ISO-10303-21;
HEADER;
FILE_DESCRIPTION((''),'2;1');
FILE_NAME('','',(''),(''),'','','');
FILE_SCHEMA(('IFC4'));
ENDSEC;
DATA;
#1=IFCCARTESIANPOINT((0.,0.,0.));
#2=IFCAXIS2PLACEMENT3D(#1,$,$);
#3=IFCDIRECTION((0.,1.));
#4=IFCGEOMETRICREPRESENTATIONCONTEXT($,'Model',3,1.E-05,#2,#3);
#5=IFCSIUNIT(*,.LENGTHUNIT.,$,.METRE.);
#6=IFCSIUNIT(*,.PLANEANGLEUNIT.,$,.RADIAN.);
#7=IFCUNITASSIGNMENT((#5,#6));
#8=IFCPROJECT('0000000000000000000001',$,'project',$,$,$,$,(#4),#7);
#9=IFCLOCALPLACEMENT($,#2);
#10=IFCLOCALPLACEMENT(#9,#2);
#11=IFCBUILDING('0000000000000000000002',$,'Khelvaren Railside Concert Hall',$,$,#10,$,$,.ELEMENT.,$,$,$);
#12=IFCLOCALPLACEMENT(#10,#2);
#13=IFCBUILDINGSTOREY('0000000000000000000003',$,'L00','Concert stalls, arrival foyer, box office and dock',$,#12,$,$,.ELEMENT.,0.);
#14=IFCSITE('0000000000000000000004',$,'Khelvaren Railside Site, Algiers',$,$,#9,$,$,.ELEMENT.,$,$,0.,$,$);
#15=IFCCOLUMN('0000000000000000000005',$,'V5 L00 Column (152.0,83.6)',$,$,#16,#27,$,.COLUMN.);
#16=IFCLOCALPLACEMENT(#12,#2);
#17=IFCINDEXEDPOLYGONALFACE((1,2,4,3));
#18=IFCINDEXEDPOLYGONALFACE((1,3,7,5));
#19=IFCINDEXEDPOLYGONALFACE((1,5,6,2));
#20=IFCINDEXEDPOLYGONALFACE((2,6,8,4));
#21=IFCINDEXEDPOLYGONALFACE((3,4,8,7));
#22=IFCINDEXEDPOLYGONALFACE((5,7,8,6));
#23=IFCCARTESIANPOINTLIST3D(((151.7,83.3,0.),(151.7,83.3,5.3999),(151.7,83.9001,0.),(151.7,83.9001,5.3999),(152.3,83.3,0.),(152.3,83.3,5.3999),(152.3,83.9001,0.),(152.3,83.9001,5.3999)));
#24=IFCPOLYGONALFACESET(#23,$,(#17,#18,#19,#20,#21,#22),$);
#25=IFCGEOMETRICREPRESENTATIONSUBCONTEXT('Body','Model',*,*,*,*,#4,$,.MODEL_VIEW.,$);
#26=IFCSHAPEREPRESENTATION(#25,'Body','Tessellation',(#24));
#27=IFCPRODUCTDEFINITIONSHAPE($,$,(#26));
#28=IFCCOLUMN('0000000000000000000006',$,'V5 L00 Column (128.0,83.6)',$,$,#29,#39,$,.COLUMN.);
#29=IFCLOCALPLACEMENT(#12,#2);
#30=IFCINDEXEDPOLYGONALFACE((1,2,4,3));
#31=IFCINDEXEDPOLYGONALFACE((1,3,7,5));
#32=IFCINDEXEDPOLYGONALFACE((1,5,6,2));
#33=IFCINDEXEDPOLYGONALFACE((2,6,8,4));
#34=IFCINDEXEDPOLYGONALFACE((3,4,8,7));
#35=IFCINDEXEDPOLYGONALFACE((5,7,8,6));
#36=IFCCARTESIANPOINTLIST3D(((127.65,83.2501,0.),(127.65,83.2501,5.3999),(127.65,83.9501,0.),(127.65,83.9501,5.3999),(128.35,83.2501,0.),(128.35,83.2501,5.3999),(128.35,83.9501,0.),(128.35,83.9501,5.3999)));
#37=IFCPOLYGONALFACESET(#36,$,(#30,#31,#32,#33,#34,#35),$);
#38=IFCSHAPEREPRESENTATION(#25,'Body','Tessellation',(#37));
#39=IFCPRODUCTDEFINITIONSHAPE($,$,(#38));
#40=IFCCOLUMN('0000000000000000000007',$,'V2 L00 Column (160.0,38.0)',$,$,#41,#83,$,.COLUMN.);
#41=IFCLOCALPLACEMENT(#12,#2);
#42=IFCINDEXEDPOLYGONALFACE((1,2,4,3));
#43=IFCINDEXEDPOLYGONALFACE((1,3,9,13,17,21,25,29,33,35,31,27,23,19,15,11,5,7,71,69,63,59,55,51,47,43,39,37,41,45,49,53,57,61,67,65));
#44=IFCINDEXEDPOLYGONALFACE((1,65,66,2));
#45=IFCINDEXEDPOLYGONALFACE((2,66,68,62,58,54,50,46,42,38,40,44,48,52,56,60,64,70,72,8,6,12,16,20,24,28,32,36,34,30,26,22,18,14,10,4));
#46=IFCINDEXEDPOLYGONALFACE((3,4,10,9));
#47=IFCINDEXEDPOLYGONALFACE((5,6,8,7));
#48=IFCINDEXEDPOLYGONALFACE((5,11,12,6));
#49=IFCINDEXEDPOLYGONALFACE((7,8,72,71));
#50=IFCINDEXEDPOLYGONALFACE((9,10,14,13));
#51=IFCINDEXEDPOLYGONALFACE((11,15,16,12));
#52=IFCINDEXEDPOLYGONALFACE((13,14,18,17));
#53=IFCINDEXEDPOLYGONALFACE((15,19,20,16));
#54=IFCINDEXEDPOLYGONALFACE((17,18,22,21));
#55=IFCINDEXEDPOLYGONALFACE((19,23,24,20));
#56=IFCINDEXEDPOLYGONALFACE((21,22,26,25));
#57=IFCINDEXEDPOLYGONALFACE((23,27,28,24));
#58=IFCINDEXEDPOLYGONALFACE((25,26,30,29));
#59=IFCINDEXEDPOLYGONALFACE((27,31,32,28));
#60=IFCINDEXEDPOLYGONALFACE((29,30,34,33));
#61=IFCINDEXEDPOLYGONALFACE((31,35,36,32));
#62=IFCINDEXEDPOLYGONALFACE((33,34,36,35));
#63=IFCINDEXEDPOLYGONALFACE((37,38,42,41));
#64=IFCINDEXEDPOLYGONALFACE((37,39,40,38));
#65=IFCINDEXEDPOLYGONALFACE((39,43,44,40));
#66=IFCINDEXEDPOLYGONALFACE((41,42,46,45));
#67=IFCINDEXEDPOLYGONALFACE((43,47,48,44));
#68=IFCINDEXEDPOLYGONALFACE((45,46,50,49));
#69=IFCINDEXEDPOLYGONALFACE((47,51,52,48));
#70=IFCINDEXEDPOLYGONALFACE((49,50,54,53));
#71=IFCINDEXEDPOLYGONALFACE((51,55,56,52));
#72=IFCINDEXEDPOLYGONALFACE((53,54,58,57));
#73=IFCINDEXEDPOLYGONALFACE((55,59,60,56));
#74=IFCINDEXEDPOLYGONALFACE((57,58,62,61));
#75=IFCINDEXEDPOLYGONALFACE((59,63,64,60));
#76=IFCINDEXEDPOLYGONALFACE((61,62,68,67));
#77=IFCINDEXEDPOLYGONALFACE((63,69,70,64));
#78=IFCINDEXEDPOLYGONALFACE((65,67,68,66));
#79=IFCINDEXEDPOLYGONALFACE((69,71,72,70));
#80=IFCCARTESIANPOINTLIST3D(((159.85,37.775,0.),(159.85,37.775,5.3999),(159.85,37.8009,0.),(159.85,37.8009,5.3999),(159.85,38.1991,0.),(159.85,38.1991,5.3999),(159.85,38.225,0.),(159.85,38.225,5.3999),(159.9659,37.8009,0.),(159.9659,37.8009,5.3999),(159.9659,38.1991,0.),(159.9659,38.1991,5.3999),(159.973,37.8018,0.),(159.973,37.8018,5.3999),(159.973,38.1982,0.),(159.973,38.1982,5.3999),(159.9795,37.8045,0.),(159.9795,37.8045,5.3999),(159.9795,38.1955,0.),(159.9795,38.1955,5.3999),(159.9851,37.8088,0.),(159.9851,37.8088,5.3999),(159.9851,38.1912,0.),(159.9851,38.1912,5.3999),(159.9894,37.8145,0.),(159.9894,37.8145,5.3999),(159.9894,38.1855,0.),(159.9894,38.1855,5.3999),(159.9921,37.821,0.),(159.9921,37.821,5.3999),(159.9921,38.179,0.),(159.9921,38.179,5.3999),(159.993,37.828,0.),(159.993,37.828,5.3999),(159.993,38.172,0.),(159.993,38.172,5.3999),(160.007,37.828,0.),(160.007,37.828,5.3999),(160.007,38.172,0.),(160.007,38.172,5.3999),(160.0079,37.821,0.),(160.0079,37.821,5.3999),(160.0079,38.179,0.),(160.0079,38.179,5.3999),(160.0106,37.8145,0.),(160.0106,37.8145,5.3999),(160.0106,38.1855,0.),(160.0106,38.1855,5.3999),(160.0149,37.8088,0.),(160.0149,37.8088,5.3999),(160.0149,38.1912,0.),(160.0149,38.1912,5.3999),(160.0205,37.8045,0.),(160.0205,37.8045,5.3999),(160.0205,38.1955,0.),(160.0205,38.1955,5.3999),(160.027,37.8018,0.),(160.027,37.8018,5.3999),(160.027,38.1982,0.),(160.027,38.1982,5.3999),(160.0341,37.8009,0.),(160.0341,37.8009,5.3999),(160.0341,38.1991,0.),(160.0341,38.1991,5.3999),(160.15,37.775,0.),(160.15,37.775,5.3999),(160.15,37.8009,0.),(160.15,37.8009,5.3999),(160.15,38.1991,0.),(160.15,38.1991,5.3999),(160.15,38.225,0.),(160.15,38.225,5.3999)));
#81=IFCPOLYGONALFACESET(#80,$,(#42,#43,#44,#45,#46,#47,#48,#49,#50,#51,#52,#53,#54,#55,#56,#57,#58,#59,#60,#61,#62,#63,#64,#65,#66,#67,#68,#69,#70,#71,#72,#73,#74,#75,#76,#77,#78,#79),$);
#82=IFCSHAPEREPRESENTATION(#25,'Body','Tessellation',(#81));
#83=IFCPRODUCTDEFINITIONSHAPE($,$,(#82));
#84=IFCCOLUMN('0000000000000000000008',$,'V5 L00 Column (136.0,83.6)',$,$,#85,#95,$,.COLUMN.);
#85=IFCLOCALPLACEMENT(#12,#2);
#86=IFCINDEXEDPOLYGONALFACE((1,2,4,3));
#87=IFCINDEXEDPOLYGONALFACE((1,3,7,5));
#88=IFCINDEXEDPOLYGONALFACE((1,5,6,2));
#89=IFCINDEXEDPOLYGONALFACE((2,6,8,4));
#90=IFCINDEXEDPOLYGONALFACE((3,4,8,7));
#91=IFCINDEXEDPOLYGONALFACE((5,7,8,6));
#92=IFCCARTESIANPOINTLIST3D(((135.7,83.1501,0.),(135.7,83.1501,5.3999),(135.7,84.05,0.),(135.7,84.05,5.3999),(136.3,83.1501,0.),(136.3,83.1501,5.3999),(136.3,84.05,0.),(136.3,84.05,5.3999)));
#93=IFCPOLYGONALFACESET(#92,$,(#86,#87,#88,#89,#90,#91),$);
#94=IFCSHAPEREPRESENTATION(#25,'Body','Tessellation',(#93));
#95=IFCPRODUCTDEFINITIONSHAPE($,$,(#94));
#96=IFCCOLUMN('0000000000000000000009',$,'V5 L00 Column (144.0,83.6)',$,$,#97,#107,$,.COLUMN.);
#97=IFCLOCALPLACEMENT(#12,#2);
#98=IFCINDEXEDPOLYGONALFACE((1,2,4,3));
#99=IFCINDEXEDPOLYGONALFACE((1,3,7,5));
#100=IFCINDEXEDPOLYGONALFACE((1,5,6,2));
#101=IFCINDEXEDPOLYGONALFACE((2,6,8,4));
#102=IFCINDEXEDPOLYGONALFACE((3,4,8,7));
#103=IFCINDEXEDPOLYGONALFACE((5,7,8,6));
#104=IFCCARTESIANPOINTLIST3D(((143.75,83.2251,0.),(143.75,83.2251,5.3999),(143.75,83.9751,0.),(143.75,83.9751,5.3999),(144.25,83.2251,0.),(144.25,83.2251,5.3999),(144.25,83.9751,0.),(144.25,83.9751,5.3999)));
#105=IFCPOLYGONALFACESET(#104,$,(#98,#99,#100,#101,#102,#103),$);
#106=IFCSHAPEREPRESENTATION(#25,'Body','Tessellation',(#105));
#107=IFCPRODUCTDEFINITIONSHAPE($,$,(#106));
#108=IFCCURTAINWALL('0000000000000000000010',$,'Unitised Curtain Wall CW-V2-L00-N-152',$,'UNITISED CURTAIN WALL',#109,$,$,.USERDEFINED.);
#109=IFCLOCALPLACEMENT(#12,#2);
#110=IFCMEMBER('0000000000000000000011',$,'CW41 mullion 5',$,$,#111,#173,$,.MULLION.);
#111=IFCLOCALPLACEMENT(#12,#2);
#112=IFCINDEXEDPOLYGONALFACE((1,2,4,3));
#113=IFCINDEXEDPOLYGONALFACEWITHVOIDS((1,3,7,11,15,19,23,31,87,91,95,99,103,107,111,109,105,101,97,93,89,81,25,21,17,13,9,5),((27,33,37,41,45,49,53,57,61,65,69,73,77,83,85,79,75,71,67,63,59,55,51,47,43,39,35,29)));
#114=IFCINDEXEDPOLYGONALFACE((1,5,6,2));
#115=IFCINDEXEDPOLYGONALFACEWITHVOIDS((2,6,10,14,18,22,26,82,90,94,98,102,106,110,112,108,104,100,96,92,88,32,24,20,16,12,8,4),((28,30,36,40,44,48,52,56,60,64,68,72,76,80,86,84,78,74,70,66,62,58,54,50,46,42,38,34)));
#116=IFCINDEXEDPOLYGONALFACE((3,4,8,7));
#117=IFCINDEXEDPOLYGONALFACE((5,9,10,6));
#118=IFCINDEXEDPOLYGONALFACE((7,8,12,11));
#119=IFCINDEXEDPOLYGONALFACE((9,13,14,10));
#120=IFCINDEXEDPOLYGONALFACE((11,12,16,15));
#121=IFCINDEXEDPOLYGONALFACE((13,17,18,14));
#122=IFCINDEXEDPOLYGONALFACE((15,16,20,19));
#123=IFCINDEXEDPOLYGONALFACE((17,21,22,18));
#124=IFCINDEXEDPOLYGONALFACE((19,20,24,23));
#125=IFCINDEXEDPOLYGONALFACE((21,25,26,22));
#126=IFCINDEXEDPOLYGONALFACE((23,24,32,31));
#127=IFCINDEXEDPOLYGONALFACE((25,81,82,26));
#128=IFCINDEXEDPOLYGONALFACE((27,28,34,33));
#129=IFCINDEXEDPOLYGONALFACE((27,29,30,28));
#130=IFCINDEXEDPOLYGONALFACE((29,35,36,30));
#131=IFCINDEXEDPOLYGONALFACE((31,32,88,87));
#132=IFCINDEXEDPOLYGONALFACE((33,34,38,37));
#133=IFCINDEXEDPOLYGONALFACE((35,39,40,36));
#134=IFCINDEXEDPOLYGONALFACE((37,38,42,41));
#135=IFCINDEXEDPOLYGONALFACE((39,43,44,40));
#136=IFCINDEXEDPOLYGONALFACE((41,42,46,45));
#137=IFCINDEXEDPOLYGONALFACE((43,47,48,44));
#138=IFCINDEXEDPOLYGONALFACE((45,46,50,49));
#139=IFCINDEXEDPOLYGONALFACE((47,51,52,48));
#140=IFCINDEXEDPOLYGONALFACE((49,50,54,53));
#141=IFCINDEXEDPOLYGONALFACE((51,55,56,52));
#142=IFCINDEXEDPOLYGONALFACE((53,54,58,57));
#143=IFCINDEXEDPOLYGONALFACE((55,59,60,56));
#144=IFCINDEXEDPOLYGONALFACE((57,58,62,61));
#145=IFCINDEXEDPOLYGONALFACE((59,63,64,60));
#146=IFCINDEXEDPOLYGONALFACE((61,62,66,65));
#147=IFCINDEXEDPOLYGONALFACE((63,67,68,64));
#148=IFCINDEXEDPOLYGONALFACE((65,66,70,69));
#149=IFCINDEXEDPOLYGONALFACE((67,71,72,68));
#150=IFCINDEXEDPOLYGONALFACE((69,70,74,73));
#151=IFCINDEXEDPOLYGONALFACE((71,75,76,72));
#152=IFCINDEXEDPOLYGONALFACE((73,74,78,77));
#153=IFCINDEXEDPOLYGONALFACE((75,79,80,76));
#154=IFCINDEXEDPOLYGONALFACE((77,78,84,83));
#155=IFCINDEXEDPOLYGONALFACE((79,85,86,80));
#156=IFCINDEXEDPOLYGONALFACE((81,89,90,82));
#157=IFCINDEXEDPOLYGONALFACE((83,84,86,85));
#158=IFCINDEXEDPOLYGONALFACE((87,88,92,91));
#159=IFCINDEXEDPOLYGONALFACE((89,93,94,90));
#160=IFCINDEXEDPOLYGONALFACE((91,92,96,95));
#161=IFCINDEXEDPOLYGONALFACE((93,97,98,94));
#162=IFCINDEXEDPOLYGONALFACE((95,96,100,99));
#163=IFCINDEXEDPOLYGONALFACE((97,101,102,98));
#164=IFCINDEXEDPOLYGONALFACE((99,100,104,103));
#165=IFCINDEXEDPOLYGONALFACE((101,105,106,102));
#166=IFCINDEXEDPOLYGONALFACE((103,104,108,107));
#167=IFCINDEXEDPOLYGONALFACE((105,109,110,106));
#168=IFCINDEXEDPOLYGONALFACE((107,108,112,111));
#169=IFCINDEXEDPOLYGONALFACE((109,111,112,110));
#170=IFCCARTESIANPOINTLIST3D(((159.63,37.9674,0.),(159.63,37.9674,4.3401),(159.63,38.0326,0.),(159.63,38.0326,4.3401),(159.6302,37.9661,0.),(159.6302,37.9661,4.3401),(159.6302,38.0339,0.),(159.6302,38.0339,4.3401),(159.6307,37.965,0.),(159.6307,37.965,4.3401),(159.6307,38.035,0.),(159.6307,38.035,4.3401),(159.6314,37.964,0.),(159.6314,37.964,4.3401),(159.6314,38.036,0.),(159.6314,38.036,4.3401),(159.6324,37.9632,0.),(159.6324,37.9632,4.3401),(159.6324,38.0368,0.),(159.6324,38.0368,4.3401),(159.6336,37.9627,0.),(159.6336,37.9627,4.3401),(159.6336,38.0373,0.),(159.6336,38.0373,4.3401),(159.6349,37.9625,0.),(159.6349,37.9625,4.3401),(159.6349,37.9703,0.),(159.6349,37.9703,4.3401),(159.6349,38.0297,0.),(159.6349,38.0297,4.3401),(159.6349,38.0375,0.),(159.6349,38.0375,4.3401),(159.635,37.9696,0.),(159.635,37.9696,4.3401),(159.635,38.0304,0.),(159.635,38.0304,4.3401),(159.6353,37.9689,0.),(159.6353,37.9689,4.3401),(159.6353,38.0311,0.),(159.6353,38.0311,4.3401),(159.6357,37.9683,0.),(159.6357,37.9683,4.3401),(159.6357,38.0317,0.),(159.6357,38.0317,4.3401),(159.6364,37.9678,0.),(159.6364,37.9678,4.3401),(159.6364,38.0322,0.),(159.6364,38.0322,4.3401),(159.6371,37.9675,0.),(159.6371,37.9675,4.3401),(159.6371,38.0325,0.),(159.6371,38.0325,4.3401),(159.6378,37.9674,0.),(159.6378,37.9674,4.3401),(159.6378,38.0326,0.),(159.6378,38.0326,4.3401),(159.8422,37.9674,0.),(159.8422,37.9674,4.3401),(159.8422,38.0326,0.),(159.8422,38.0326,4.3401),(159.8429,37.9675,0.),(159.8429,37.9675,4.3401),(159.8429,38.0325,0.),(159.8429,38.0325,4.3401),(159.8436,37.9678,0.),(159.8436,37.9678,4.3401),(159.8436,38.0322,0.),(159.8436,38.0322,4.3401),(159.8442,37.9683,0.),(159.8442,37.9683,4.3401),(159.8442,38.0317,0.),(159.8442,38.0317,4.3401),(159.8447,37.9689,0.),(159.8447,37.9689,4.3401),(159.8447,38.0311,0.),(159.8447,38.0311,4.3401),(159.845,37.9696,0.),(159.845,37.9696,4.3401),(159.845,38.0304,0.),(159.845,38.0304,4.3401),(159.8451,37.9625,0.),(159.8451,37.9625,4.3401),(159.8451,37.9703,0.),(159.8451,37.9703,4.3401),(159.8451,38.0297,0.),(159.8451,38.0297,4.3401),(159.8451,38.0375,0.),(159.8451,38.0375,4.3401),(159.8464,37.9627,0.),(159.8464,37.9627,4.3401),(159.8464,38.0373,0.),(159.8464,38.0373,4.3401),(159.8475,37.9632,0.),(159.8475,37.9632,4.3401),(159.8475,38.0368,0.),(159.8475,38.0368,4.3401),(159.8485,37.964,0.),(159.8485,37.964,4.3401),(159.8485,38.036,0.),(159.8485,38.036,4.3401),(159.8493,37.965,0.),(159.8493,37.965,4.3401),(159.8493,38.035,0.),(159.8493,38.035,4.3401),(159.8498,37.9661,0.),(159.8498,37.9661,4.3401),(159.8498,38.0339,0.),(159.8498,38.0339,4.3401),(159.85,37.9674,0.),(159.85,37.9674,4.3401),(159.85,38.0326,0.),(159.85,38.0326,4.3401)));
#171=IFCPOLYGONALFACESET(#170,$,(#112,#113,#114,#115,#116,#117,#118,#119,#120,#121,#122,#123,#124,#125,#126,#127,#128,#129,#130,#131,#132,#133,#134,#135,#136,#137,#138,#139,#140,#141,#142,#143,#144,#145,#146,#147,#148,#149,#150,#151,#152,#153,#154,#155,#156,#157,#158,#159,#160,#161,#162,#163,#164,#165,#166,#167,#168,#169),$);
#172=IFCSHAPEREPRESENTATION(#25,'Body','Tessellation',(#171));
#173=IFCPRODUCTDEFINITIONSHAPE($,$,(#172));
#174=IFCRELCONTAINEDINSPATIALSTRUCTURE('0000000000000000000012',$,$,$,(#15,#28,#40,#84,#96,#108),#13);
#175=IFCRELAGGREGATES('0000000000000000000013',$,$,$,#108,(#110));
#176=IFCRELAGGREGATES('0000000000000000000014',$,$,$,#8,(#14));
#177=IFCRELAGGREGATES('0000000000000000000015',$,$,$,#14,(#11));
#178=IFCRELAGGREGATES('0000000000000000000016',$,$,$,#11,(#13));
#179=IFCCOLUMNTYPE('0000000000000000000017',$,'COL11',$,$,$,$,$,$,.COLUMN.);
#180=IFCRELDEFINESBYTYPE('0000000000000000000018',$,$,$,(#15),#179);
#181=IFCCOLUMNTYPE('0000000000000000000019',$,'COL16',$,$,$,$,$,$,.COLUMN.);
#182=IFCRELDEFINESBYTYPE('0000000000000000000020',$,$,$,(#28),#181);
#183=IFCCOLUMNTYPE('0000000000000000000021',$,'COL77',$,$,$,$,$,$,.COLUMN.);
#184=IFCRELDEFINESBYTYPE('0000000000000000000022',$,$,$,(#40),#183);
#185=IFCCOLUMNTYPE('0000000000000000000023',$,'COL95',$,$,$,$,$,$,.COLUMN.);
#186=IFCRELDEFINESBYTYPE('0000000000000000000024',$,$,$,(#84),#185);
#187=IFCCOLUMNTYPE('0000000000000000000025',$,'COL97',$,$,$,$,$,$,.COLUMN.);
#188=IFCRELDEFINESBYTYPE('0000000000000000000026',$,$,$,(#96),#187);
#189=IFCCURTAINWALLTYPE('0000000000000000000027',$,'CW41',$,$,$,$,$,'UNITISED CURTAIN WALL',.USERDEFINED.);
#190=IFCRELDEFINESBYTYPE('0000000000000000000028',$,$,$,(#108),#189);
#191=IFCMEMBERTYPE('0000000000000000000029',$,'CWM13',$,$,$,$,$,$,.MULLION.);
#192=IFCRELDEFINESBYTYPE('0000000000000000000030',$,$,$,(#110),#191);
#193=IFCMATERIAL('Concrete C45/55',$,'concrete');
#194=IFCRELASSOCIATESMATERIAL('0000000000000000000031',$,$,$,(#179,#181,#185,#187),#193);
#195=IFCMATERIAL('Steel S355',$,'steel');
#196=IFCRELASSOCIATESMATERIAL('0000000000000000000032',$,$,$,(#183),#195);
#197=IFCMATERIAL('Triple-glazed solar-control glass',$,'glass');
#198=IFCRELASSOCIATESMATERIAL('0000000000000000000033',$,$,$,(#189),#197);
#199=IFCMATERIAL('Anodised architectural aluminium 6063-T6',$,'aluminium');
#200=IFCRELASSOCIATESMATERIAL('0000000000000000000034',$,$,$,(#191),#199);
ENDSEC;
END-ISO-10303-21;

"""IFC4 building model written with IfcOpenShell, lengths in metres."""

from ifc_helpers import new_model, si_unit, direction, frame, origin, origin_2d, place, context, subcontext, project, spatial, rectangle, hollow_rectangle, i_section, extrude, material, material_profile, profile_set, type_object, element, aggregate, save


model = new_model("IFC4")

# Units and contexts
model_context = context("Model", 3, precision=1e-05, world=origin(), true_north=direction((0.0, 1.0)))
body_context = subcontext(model_context, "Body", "Model", "MODEL_VIEW")
ifc_project = project(units=[si_unit("LENGTHUNIT", "METRE"), si_unit("PLANEANGLEUNIT", "RADIAN")], contexts=[model_context])

# Site, building, storey
site_placement = place(None, origin())
site = spatial("IfcSite", under=ifc_project, at=site_placement, Name="Khelvaren Railside Site, Algiers", CompositionType="ELEMENT", RefElevation=0.0)
building_placement = place(site_placement, origin())
building = spatial("IfcBuilding", under=site, at=building_placement, Name="Khelvaren Railside Concert Hall", CompositionType="ELEMENT")
storey_placement = place(building_placement, origin())
storey = spatial("IfcBuildingStorey", under=building, at=storey_placement, Name="L00", Description="Concert stalls, arrival foyer, box office and dock", CompositionType="ELEMENT", Elevation=0.0)

# Columns
ifc_material_1 = material(Name="Concrete C45/55", Category="concrete")
ifc_material_profile_1 = material_profile(ifc_material_1, rectangle(XDim=0.6001, YDim=0.6001, at=origin_2d()), Name="RC 600x600")
ifc_profile_set_1 = profile_set([ifc_material_profile_1], Name="Concrete C45/55")
column_type_1 = type_object("IfcColumnType", Name="COL11", PredefinedType="COLUMN", material=ifc_profile_set_1)
column_1_placement = place(storey_placement, frame((152.0, 83.6001, 0.0), z_axis=(0.0, 0.0, 1.0), x_axis=(1.0, 0.0, 0.0)))
element("IfcColumn", 1, at=column_1_placement, inside=storey, type_object=column_type_1, Name="V5 L00 Column (152.0,83.6)", PredefinedType="COLUMN", context=body_context, shape_type="SweptSolid", body=[
    extrude(rectangle(XDim=0.6001, YDim=0.6001, at=origin_2d()), origin(), (0.0, 0.0, 1.0), 5.3999),
])
ifc_material_profile_2 = material_profile(ifc_material_1, rectangle(XDim=0.7, YDim=0.7, at=origin_2d()), Name="RC 700x700")
ifc_profile_set_2 = profile_set([ifc_material_profile_2], Name="Concrete C45/55")
column_type_2 = type_object("IfcColumnType", Name="COL16", PredefinedType="COLUMN", material=ifc_profile_set_2)
column_2_placement = place(storey_placement, frame((128.0, 83.6001, 0.0), z_axis=(0.0, 0.0, 1.0), x_axis=(1.0, 0.0, 0.0)))
element("IfcColumn", 2, at=column_2_placement, inside=storey, type_object=column_type_2, Name="V5 L00 Column (128.0,83.6)", PredefinedType="COLUMN", context=body_context, shape_type="SweptSolid", body=[
    extrude(rectangle(XDim=0.7, YDim=0.7, at=origin_2d()), origin(), (0.0, 0.0, 1.0), 5.3999),
])
ifc_material_2 = material(Name="Steel S355", Category="steel")
ifc_material_profile_3 = material_profile(ifc_material_2, i_section(OverallWidth=0.3, OverallDepth=0.45, WebThickness=0.0139, FlangeThickness=0.0259, FilletRadius=0.0271, at=origin_2d()), Name="HEB 450")
ifc_profile_set_3 = profile_set([ifc_material_profile_3], Name="Steel S355")
column_type_3 = type_object("IfcColumnType", Name="COL77", PredefinedType="COLUMN", material=ifc_profile_set_3)
column_3_placement = place(storey_placement, frame((160.0, 38.0, 0.0), z_axis=(0.0, 0.0, 1.0), x_axis=(1.0, 0.0, 0.0)))
element("IfcColumn", 3, at=column_3_placement, inside=storey, type_object=column_type_3, Name="V2 L00 Column (160.0,38.0)", PredefinedType="COLUMN", context=body_context, shape_type="SweptSolid", body=[
    extrude(i_section(OverallWidth=0.3, OverallDepth=0.45, WebThickness=0.0139, FlangeThickness=0.0259, FilletRadius=0.0271, at=origin_2d()), origin(), (0.0, 0.0, 1.0), 5.3999),
])
ifc_material_profile_4 = material_profile(ifc_material_1, rectangle(XDim=0.6001, YDim=0.8999, at=origin_2d()), Name="RC 600x900")
ifc_profile_set_4 = profile_set([ifc_material_profile_4], Name="Concrete C45/55")
column_type_4 = type_object("IfcColumnType", Name="COL95", PredefinedType="COLUMN", material=ifc_profile_set_4)
column_4_placement = place(storey_placement, frame((136.0, 83.6001, 0.0), z_axis=(0.0, 0.0, 1.0), x_axis=(1.0, 0.0, 0.0)))
element("IfcColumn", 4, at=column_4_placement, inside=storey, type_object=column_type_4, Name="V5 L00 Column (136.0,83.6)", PredefinedType="COLUMN", context=body_context, shape_type="SweptSolid", body=[
    extrude(rectangle(XDim=0.6001, YDim=0.8999, at=origin_2d()), origin(), (0.0, 0.0, 1.0), 5.3999),
])
ifc_material_profile_5 = material_profile(ifc_material_1, rectangle(XDim=0.5, YDim=0.75, at=origin_2d()), Name="RC 500x750")
ifc_profile_set_5 = profile_set([ifc_material_profile_5], Name="Concrete C45/55")
column_type_5 = type_object("IfcColumnType", Name="COL97", PredefinedType="COLUMN", material=ifc_profile_set_5)
column_5_placement = place(storey_placement, frame((144.0, 83.6001, 0.0), z_axis=(0.0, 0.0, 1.0), x_axis=(1.0, 0.0, 0.0)))
element("IfcColumn", 5, at=column_5_placement, inside=storey, type_object=column_type_5, Name="V5 L00 Column (144.0,83.6)", PredefinedType="COLUMN", context=body_context, shape_type="SweptSolid", body=[
    extrude(rectangle(XDim=0.5, YDim=0.75, at=origin_2d()), origin(), (0.0, 0.0, 1.0), 5.3999),
])

# Curtain wall, member
ifc_material_3 = material(Name="Triple-glazed solar-control glass", Category="glass")
curtain_wall_type = type_object("IfcCurtainWallType", Name="CW41", ElementType="UNITISED CURTAIN WALL", PredefinedType="USERDEFINED", material=ifc_material_3)
curtain_wall_placement = place(storey_placement, origin())
curtain_wall = element("IfcCurtainWall", 6, at=curtain_wall_placement, inside=storey, type_object=curtain_wall_type, Name="Unitised Curtain Wall CW-V2-L00-N-152", ObjectType="UNITISED CURTAIN WALL", PredefinedType="USERDEFINED")
ifc_material_4 = material(Name="Anodised architectural aluminium 6063-T6", Category="aluminium")
ifc_material_profile_6 = material_profile(ifc_material_4, hollow_rectangle(XDim=0.075, YDim=0.22, WallThickness=0.0049, InnerFilletRadius=0.0029, OuterFilletRadius=0.0049, at=origin_2d()), Name="CWM 75x220x5")
ifc_profile_set_6 = profile_set([ifc_material_profile_6], Name="Anodised architectural aluminium 6063-T6")
member_type_1 = type_object("IfcMemberType", Name="CWM13", PredefinedType="MULLION", material=ifc_profile_set_6)
member_1_placement = place(storey_placement, frame((159.74, 38.0, 0.0), z_axis=(0.0, 0.0, 1.0), x_axis=(0.0, 1.0, 0.0)))
member_1 = element("IfcMember", 7, at=member_1_placement, type_object=member_type_1, Name="CW41 mullion 5", PredefinedType="MULLION", context=body_context, shape_type="SweptSolid", body=[
    extrude(hollow_rectangle(XDim=0.075, YDim=0.22, WallThickness=0.0049, InnerFilletRadius=0.0029, OuterFilletRadius=0.0049, at=origin_2d()), origin(), (0.0, 0.0, 1.0), 4.3401),
])

aggregate(curtain_wall, [member_1])

save(model, "model.ifc")
